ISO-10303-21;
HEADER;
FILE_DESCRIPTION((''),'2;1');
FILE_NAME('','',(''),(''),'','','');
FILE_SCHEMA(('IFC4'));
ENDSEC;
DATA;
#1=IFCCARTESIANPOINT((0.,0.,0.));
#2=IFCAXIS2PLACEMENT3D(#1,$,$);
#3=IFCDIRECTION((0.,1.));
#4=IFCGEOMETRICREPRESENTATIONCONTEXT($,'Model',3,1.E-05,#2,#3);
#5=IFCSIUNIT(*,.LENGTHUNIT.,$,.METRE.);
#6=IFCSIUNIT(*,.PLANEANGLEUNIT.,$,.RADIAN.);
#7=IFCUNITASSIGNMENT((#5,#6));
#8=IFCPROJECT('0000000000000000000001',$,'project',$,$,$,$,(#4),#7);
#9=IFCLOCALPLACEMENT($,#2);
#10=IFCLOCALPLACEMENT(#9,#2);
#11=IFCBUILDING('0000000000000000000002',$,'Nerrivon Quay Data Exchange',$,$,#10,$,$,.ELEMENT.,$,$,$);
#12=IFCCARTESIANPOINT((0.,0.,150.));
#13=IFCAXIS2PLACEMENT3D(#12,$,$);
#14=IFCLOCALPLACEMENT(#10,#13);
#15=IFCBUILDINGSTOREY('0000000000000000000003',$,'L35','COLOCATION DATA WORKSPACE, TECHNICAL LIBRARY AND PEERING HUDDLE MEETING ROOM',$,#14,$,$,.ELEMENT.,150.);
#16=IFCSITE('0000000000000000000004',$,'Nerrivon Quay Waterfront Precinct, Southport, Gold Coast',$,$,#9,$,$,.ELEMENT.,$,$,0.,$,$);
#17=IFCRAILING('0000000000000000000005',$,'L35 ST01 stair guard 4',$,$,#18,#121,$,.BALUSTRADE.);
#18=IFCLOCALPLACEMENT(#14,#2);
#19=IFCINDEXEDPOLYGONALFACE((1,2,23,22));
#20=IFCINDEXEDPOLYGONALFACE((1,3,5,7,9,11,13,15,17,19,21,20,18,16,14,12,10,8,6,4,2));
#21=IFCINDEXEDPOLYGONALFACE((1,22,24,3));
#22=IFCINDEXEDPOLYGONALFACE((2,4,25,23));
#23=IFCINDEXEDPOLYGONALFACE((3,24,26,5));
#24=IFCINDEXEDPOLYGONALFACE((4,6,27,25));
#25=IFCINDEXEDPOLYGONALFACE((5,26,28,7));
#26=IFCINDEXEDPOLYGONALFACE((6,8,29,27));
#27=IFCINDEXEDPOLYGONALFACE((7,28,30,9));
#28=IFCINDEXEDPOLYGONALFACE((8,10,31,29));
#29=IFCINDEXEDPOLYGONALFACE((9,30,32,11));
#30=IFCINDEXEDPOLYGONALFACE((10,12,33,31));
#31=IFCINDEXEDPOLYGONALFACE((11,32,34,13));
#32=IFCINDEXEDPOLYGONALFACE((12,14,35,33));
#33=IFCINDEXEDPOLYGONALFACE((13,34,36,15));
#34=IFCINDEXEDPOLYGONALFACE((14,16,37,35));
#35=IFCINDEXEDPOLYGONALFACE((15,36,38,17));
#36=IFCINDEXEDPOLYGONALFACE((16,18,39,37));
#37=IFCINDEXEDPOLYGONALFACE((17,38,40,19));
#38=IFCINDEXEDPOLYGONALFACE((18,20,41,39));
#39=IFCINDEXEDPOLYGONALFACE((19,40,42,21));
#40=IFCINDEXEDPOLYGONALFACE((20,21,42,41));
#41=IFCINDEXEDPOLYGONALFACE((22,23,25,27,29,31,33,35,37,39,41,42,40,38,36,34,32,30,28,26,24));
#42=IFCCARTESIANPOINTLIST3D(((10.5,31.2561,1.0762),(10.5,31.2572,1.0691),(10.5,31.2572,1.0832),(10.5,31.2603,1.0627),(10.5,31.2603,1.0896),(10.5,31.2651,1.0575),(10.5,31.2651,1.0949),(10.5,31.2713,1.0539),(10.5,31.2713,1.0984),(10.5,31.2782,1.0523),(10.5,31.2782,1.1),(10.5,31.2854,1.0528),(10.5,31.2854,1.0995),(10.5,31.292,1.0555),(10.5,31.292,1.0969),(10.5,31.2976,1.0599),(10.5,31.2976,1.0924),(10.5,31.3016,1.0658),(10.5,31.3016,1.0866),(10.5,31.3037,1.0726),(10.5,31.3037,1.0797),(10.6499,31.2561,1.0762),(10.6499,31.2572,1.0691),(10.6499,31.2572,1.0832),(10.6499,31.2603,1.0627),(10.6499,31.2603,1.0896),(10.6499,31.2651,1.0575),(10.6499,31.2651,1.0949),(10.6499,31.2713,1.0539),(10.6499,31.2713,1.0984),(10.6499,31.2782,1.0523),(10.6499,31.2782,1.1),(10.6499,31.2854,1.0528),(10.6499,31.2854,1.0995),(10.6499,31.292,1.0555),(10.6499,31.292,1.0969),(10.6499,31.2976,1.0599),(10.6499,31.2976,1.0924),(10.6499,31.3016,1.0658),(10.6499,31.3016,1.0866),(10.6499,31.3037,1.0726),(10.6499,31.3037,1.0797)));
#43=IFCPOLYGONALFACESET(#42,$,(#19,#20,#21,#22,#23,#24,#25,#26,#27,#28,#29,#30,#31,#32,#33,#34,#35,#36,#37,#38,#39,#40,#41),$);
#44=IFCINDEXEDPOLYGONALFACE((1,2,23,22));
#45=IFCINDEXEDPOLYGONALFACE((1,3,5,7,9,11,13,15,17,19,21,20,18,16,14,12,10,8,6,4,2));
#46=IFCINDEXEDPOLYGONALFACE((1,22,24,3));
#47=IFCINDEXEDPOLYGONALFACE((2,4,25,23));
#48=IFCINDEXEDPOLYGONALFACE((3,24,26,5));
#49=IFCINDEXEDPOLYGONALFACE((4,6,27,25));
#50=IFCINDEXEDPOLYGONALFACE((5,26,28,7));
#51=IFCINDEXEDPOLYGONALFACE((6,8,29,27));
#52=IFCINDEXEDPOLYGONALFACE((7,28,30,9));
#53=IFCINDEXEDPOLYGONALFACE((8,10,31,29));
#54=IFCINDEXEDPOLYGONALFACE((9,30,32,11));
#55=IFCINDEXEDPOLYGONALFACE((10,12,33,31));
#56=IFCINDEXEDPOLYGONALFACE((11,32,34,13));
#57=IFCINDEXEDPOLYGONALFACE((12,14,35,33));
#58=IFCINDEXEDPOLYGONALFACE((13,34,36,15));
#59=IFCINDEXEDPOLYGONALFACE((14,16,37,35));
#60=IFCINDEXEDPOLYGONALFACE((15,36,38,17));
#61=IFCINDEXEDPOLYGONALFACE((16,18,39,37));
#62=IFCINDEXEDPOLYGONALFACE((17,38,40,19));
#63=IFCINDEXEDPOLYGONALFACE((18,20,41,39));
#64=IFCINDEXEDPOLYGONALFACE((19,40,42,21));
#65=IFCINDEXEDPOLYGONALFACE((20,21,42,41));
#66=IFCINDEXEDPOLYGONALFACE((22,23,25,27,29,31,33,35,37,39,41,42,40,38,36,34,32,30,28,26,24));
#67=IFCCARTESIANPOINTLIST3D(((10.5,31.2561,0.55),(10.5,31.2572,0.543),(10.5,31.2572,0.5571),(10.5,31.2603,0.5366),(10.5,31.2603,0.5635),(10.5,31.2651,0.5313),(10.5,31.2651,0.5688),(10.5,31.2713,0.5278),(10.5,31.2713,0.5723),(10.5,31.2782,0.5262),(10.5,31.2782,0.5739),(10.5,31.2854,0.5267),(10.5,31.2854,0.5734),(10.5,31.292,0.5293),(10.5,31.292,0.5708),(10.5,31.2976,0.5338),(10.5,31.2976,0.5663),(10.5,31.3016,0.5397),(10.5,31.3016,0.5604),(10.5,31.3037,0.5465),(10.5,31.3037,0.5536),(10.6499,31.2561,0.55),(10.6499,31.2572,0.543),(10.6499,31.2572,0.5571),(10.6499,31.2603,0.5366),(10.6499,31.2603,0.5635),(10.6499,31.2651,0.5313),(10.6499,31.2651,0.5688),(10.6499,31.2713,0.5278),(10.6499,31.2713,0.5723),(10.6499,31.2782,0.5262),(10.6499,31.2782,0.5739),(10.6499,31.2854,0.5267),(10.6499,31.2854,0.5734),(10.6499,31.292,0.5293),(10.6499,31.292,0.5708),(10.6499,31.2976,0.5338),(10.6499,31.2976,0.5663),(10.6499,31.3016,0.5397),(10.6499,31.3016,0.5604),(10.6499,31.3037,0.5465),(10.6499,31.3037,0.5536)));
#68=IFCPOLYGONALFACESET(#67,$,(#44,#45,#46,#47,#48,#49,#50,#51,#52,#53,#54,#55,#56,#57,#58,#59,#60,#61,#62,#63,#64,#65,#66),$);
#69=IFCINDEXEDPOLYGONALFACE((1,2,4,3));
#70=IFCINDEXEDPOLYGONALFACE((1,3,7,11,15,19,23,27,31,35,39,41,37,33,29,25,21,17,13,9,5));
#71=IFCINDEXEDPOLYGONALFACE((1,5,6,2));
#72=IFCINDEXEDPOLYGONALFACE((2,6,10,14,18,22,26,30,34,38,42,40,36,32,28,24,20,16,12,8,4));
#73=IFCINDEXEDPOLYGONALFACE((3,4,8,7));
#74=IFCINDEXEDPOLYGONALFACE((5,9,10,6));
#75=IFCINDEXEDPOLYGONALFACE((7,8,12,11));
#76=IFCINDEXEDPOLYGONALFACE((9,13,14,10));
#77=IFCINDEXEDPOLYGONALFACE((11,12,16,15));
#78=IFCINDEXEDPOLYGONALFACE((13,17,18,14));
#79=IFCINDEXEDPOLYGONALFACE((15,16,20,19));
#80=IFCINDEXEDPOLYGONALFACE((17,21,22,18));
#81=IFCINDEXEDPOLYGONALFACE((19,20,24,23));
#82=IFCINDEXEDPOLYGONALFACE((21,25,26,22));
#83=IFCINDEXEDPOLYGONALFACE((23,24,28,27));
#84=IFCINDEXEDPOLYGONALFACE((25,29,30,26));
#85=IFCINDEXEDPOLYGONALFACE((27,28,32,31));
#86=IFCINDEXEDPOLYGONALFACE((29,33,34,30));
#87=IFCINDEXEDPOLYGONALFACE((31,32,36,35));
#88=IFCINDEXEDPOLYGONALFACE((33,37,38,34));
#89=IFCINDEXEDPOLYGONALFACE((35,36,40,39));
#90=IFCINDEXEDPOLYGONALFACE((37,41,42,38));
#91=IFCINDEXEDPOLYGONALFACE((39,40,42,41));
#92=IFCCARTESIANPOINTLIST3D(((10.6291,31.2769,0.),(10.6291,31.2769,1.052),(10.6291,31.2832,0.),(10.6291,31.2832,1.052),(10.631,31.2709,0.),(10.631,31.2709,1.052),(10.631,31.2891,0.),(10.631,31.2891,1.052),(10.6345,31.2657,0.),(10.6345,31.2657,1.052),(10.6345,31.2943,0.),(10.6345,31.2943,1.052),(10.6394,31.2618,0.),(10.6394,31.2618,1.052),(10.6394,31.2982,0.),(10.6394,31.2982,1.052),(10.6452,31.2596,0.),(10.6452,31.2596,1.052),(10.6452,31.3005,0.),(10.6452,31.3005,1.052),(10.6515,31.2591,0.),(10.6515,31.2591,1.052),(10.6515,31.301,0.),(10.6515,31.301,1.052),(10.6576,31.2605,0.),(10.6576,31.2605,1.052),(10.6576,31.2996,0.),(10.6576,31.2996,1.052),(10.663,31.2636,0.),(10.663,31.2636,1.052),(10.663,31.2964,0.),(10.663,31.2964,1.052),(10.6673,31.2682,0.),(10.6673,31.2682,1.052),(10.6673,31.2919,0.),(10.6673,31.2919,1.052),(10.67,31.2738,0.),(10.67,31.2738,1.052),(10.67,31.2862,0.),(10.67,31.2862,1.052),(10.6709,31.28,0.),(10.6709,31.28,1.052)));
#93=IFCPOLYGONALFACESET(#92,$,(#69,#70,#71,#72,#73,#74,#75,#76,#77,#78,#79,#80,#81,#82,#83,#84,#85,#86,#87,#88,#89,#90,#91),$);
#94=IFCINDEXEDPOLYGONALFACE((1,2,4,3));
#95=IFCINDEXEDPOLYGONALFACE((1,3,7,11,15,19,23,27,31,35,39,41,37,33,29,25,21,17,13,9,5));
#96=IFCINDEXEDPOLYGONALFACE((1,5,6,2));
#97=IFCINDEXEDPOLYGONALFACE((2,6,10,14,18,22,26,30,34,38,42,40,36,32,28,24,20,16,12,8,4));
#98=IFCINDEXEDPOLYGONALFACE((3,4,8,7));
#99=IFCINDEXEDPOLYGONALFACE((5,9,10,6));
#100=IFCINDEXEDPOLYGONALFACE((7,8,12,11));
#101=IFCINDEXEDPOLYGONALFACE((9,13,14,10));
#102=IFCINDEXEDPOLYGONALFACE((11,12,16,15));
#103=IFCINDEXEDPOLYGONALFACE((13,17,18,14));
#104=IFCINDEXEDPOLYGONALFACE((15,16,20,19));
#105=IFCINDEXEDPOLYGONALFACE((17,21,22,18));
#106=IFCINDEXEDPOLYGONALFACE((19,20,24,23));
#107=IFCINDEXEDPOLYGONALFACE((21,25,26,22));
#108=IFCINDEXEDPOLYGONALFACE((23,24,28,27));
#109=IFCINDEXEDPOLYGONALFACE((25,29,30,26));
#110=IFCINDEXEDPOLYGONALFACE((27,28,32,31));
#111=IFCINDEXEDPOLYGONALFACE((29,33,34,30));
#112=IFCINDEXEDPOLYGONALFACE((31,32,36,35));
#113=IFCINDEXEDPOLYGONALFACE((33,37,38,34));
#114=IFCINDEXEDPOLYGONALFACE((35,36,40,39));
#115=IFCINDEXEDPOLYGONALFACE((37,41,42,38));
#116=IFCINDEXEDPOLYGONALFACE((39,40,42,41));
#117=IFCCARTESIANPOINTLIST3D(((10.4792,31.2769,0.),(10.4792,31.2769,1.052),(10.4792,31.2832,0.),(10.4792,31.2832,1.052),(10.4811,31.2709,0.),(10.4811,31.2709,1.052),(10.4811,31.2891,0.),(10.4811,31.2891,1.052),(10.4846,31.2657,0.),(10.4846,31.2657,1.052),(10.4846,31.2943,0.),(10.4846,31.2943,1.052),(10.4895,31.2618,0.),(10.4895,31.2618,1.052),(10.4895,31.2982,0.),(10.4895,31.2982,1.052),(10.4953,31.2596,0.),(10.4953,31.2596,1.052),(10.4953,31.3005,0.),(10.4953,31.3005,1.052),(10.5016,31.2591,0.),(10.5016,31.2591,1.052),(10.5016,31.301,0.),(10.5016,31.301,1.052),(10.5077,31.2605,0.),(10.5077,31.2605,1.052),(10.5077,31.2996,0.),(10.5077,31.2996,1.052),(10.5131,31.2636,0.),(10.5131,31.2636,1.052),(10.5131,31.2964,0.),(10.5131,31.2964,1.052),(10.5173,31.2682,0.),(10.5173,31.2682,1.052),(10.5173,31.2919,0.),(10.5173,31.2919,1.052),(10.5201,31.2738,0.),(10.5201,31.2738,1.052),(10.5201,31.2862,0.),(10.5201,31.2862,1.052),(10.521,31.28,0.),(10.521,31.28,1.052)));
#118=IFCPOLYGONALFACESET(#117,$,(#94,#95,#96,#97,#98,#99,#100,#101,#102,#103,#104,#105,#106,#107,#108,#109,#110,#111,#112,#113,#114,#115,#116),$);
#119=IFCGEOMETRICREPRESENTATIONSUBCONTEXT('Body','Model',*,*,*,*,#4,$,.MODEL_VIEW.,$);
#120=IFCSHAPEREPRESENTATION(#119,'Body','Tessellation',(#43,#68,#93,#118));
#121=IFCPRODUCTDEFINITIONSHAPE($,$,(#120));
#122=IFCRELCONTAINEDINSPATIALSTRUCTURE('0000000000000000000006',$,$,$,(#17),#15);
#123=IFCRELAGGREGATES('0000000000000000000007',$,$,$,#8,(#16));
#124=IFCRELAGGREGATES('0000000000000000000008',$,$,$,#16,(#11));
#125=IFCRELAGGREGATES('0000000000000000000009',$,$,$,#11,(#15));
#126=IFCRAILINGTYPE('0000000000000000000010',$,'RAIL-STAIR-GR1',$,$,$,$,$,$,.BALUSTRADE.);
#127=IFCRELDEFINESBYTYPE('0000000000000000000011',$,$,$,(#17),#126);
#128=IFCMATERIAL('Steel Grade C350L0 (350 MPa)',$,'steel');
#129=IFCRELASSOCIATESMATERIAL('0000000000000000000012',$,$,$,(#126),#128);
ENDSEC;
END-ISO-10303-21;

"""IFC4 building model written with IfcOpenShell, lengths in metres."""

from ifc_helpers import new_model, si_unit, direction, frame, origin, origin_2d, place, context, subcontext, project, spatial, circle, extrude, material, type_object, element, save


model = new_model("IFC4")

# Units and contexts
model_context = context("Model", 3, precision=1e-05, world=origin(), true_north=direction((0.0, 1.0)))
body_context = subcontext(model_context, "Body", "Model", "MODEL_VIEW")
ifc_project = project(units=[si_unit("LENGTHUNIT", "METRE"), si_unit("PLANEANGLEUNIT", "RADIAN")], contexts=[model_context])

# Site, building, storey
site_placement = place(None, origin())
site = spatial("IfcSite", under=ifc_project, at=site_placement, Name="Nerrivon Quay Waterfront Precinct, Southport, Gold Coast", CompositionType="ELEMENT", RefElevation=0.0)
building_placement = place(site_placement, origin())
building = spatial("IfcBuilding", under=site, at=building_placement, Name="Nerrivon Quay Data Exchange", CompositionType="ELEMENT")
storey_placement = place(building_placement, frame((0.0, 0.0, 150.0)))
storey = spatial("IfcBuildingStorey", under=building, at=storey_placement, Name="L35", Description="COLOCATION DATA WORKSPACE, TECHNICAL LIBRARY AND PEERING HUDDLE MEETING ROOM", CompositionType="ELEMENT", Elevation=150.0)

# Railing
ifc_material_1 = material(Name="Steel Grade C350L0 (350 MPa)", Category="steel")
railing_type_1 = type_object("IfcRailingType", Name="RAIL-STAIR-GR1", PredefinedType="BALUSTRADE", material=ifc_material_1)
railing_1_placement = place(storey_placement, frame((10.6499, 31.28, 0.0)))
element("IfcRailing", 1, at=railing_1_placement, inside=storey, type_object=railing_type_1, Name="L35 ST01 stair guard 4", PredefinedType="BALUSTRADE", context=body_context, shape_type="SweptSolid", body=[
    extrude(circle(Radius=0.0239, at=origin_2d()), frame((0.0, 0.0, 1.0762), z_axis=(-1.0, 0.0, 0.0), x_axis=(0.0, -1.0, 0.0)), (0.0, 0.0, 1.0), 0.1499),
    extrude(circle(Radius=0.0239, at=origin_2d()), frame((0.0, 0.0, 0.55), z_axis=(-1.0, 0.0, 0.0), x_axis=(0.0, -1.0, 0.0)), (0.0, 0.0, 1.0), 0.1499),
    extrude(circle(Radius=0.021, at=origin_2d()), origin(), (0.0, 0.0, 1.0), 1.052),
    extrude(circle(Radius=0.021, at=origin_2d()), frame((-0.1499, 0.0, 0.0)), (0.0, 0.0, 1.0), 1.052),
])

save(model, "model.ifc")
